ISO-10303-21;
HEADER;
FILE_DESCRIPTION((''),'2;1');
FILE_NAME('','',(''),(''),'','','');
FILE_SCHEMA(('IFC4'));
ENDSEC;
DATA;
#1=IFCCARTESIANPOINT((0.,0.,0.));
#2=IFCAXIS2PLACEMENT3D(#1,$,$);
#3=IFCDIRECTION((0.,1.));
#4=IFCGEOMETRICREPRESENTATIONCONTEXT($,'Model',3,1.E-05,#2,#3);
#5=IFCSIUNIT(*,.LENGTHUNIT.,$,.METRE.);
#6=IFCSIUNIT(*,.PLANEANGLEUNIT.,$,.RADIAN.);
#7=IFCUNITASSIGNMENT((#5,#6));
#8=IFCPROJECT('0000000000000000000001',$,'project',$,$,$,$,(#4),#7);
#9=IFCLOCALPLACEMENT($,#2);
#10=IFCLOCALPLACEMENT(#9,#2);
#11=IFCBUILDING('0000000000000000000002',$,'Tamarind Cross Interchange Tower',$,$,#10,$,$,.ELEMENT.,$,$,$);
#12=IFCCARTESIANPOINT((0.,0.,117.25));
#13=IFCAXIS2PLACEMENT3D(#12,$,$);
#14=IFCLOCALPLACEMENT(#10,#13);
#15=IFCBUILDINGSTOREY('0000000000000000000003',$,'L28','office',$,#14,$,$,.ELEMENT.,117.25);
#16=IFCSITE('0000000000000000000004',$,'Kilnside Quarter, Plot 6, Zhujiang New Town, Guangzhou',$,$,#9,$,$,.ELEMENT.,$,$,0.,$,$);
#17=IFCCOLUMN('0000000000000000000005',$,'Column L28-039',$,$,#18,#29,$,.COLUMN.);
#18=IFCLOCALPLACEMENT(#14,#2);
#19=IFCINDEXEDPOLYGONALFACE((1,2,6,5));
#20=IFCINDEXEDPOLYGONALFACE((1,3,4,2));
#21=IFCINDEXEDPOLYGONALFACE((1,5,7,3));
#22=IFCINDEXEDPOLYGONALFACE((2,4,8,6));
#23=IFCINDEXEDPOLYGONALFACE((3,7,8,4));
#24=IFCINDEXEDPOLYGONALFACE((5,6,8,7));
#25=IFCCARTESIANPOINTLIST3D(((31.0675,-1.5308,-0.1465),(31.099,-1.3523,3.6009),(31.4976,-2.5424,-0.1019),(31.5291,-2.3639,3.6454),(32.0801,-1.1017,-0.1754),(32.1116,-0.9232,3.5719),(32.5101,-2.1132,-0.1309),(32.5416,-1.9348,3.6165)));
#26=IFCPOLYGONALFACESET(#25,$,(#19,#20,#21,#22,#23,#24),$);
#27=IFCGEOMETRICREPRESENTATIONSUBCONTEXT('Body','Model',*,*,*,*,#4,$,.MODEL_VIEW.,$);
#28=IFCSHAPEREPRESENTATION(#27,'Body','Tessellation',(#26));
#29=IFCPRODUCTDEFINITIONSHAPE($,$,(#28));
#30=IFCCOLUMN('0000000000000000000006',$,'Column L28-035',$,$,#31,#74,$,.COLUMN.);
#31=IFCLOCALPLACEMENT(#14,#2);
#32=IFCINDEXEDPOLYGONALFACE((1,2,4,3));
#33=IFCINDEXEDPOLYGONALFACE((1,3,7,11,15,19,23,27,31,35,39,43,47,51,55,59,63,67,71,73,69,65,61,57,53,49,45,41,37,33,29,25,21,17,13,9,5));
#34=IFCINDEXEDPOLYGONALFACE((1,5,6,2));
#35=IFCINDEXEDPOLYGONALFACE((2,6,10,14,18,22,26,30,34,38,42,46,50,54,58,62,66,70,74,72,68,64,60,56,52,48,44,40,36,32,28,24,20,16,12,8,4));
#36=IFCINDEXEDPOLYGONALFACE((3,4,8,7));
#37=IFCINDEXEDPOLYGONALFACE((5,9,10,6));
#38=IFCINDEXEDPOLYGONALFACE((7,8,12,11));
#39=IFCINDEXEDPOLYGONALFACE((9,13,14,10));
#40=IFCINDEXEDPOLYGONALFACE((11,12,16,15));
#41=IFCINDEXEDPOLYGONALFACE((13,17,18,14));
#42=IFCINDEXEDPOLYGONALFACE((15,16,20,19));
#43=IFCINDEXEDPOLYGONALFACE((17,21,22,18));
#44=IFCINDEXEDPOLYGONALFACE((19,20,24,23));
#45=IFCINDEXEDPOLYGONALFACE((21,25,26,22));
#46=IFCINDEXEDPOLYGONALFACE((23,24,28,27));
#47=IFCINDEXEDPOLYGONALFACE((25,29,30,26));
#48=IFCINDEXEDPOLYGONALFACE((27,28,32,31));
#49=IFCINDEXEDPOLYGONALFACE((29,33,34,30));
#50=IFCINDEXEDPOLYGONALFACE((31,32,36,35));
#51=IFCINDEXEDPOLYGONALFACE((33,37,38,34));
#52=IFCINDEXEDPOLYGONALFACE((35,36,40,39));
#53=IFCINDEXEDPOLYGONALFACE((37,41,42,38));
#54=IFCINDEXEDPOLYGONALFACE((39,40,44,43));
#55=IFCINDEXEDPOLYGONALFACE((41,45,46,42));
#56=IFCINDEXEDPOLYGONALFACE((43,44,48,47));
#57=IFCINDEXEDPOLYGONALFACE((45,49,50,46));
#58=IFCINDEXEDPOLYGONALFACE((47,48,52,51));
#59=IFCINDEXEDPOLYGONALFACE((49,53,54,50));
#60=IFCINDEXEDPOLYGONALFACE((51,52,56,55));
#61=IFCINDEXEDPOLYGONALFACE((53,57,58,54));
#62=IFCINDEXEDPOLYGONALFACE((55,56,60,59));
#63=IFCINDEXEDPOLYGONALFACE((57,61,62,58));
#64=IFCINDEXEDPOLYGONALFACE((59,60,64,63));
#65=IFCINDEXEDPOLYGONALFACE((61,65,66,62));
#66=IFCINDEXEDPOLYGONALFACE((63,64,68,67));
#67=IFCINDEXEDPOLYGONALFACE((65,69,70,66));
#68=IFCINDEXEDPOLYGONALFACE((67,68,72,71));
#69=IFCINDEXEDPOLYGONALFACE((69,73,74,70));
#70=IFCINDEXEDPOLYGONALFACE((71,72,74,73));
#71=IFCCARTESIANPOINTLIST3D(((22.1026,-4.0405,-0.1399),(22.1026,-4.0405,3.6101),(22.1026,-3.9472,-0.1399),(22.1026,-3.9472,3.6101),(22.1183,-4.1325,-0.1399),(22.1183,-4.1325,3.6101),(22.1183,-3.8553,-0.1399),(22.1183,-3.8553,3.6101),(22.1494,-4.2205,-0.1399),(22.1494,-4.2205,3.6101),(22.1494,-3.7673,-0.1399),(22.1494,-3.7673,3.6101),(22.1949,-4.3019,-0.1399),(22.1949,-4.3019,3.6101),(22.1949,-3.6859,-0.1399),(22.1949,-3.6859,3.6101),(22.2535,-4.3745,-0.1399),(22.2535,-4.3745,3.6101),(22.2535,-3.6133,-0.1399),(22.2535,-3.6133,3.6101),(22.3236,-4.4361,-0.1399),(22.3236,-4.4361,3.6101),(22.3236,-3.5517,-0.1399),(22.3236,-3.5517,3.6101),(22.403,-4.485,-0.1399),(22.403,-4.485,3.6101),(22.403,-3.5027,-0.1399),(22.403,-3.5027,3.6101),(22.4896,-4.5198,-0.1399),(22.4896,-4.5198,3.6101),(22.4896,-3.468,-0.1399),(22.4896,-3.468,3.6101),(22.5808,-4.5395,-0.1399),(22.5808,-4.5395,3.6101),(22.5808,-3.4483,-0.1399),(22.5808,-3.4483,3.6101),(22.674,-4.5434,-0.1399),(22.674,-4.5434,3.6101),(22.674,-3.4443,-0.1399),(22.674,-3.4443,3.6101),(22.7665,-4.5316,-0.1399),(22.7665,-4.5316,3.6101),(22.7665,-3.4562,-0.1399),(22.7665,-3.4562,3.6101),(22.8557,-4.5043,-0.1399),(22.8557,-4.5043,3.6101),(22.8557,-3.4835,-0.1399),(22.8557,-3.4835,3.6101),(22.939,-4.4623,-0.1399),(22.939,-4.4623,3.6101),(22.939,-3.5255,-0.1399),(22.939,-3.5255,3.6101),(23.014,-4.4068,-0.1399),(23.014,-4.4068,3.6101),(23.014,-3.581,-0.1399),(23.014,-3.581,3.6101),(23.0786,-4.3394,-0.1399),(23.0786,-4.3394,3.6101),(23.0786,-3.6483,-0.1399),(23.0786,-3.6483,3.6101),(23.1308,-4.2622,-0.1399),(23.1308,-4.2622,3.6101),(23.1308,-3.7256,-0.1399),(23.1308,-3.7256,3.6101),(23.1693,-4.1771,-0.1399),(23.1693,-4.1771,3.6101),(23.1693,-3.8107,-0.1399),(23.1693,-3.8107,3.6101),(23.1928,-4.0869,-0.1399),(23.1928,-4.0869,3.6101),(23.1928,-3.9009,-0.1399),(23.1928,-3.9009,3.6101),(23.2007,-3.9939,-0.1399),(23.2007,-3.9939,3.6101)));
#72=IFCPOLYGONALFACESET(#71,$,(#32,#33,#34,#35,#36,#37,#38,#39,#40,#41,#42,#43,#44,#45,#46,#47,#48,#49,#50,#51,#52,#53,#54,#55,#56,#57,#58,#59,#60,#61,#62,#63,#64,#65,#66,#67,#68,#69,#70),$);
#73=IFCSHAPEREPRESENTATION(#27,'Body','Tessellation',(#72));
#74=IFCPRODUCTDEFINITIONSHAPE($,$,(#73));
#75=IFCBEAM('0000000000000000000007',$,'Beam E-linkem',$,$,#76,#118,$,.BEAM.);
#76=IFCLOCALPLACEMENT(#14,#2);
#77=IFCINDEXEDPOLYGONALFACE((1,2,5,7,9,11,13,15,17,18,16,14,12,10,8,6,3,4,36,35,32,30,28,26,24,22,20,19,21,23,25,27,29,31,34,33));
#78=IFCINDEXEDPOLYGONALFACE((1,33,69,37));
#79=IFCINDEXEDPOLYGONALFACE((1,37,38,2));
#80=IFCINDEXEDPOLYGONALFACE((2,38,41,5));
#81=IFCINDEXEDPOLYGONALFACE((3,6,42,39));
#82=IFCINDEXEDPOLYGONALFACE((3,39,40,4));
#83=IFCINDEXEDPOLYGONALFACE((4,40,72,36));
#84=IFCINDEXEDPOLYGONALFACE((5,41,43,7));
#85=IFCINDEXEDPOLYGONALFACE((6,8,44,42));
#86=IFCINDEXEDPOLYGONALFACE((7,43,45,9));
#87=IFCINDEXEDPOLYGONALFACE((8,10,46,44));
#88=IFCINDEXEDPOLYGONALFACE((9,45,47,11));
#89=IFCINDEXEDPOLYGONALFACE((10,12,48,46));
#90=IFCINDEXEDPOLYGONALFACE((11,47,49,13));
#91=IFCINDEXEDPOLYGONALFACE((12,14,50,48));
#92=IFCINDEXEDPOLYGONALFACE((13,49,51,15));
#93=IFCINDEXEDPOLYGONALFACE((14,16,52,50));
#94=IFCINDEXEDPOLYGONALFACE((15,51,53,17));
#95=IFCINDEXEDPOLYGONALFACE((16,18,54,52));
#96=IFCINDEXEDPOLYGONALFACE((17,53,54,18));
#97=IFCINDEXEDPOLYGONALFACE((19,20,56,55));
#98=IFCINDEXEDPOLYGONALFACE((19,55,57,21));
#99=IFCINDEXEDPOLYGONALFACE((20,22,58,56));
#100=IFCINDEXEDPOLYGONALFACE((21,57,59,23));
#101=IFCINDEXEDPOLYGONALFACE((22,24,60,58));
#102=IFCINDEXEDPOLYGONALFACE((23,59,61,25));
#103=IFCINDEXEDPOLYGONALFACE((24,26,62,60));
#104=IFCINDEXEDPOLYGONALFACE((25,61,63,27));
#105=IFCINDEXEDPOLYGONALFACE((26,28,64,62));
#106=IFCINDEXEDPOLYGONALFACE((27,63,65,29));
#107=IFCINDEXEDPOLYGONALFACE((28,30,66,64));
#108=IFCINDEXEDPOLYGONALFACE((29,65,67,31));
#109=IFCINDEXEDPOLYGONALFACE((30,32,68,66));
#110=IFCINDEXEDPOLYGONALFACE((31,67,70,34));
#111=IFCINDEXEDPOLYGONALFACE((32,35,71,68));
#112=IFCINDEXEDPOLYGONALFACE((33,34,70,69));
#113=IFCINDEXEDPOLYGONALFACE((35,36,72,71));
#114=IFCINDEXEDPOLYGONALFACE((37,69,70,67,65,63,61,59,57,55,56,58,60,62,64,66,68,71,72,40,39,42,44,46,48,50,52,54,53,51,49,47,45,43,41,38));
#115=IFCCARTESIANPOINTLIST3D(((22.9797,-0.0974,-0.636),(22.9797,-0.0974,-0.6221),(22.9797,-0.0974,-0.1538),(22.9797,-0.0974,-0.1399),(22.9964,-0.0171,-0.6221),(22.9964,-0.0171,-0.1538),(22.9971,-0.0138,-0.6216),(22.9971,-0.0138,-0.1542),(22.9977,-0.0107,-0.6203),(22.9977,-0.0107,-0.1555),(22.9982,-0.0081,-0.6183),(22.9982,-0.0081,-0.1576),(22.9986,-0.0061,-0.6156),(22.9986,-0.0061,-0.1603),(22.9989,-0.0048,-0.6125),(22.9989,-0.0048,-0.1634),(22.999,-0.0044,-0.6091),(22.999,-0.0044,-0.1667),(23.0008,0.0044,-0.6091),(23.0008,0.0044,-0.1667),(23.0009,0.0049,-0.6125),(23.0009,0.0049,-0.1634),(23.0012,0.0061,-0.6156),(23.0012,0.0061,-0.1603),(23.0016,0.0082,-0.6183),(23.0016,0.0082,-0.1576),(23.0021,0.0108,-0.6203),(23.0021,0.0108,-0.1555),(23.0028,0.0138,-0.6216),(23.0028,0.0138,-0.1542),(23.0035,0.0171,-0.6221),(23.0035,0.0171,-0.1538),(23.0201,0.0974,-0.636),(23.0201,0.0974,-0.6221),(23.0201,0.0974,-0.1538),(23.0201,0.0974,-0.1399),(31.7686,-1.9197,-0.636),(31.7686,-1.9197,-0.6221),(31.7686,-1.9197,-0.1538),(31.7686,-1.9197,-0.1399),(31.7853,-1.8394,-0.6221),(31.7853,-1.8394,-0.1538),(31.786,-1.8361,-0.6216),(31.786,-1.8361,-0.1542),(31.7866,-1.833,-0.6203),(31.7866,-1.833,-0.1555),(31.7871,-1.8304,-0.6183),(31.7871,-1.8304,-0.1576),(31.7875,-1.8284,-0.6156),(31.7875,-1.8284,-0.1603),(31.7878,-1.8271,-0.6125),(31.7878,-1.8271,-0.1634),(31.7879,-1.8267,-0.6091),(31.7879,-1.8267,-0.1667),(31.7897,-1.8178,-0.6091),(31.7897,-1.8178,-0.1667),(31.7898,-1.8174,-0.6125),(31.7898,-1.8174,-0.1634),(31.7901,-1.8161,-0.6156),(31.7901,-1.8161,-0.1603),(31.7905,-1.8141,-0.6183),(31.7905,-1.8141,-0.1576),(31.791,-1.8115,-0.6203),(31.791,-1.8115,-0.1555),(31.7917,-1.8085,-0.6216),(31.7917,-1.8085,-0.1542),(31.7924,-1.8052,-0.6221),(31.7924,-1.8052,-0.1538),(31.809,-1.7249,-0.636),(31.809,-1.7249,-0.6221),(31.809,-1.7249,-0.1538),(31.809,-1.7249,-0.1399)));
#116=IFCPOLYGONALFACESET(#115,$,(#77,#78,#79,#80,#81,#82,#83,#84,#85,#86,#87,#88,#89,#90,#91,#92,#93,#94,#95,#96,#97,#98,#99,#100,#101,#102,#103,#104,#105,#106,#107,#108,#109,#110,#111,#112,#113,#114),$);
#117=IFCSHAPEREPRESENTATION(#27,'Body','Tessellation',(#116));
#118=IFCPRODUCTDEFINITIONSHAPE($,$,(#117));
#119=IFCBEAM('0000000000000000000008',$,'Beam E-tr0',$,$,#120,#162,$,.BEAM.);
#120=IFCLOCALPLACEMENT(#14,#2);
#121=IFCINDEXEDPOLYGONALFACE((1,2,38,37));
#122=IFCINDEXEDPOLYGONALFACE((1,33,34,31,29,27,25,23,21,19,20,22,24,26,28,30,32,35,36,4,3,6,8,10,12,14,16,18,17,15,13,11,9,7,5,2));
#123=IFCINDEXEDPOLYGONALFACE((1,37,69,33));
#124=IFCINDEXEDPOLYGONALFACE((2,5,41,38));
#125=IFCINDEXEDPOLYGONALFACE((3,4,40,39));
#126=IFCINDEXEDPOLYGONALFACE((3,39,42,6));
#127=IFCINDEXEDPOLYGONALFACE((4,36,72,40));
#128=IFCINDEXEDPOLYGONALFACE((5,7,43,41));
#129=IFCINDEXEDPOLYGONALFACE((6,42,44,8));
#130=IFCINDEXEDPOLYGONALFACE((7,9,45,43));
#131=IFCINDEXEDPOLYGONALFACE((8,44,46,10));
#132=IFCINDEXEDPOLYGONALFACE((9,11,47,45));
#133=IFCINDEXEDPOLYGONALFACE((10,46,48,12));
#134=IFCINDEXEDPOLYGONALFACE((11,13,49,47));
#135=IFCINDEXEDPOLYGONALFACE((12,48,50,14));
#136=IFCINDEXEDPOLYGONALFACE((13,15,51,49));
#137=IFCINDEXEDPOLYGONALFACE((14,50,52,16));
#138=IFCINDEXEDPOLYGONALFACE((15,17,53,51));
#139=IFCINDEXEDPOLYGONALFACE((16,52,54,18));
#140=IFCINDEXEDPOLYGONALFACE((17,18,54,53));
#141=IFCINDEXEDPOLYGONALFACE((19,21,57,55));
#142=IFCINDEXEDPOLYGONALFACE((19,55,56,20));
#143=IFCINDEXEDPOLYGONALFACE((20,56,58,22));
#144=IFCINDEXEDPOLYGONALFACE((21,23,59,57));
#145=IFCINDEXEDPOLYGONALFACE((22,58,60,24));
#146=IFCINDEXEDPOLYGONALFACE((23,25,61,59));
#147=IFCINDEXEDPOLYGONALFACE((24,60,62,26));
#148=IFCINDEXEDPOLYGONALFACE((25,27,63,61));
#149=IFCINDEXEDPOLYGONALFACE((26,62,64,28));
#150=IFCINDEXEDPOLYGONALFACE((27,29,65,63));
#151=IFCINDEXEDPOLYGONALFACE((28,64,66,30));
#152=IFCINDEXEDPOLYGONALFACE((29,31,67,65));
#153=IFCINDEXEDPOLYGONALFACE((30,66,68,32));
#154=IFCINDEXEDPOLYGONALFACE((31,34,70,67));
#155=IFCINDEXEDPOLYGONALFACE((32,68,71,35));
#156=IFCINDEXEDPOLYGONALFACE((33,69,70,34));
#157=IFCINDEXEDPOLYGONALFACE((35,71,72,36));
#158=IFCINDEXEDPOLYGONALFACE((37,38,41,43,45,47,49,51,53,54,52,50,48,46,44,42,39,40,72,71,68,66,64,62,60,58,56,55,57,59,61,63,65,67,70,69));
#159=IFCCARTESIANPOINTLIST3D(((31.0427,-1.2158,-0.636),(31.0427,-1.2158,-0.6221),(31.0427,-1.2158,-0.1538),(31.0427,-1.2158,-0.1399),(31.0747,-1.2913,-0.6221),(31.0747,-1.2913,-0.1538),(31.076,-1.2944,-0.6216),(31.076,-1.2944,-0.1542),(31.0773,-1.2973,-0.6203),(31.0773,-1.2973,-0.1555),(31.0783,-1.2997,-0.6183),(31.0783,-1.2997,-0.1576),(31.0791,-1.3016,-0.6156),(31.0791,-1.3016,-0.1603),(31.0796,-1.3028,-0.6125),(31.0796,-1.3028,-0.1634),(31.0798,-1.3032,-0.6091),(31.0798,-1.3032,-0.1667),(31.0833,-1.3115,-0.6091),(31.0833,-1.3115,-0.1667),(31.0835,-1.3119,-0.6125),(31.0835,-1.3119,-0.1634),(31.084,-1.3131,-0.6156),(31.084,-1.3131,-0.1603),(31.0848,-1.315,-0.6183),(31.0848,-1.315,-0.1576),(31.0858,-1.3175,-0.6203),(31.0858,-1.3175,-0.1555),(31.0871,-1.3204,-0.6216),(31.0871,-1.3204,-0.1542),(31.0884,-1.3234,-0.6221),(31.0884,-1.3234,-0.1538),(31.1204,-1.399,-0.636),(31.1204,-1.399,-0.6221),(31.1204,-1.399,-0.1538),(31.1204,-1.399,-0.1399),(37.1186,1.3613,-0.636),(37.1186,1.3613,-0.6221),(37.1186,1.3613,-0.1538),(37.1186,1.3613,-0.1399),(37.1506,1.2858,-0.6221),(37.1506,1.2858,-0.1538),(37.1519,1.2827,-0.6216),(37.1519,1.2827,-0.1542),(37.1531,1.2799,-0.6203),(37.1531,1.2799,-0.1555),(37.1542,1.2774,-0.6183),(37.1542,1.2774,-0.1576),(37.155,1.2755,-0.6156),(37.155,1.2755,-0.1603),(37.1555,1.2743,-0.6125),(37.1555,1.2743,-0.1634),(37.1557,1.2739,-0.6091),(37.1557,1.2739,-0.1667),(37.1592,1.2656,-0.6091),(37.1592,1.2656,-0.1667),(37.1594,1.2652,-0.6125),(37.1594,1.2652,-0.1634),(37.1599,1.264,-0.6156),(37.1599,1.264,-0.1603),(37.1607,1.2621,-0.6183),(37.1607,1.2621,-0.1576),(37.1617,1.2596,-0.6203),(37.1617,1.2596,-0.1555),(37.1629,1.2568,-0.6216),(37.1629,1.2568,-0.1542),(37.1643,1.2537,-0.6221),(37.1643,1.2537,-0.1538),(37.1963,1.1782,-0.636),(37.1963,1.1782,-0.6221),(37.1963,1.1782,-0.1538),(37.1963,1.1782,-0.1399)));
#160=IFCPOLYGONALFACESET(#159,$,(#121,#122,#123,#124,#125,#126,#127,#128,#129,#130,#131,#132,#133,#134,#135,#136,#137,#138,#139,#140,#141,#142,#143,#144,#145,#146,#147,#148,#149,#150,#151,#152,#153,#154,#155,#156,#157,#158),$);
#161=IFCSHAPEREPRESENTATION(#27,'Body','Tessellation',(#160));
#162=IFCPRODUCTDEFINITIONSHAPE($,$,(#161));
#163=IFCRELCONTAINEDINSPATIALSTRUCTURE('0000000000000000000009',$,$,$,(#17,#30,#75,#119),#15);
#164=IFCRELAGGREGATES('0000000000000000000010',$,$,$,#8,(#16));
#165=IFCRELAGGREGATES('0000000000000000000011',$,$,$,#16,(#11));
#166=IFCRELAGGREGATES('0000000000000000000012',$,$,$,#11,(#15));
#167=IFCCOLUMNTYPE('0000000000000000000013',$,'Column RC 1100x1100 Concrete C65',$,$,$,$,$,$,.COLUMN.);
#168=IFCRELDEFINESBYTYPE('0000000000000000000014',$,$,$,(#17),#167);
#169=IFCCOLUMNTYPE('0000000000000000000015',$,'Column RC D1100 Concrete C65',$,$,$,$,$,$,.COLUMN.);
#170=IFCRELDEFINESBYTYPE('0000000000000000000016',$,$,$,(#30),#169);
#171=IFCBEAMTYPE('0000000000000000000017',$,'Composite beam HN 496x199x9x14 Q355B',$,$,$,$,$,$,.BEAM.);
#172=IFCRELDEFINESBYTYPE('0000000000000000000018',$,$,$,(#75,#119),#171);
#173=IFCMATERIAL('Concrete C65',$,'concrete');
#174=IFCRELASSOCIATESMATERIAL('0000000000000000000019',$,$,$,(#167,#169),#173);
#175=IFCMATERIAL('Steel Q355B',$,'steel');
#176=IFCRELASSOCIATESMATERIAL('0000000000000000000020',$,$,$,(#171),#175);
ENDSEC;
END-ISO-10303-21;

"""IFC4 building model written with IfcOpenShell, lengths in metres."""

from ifc_helpers import new_model, si_unit, direction, frame, origin, origin_2d, place, context, subcontext, project, spatial, rectangle, circle, i_section, extrude, material, material_profile, profile_set, type_object, element, save


model = new_model("IFC4")

# Units and contexts
model_context = context("Model", 3, precision=1e-05, world=origin(), true_north=direction((0.0, 1.0)))
body_context = subcontext(model_context, "Body", "Model", "MODEL_VIEW")
ifc_project = project(units=[si_unit("LENGTHUNIT", "METRE"), si_unit("PLANEANGLEUNIT", "RADIAN")], contexts=[model_context])

# Site, building, storey
site_placement = place(None, origin())
site = spatial("IfcSite", under=ifc_project, at=site_placement, Name="Kilnside Quarter, Plot 6, Zhujiang New Town, Guangzhou", CompositionType="ELEMENT", RefElevation=0.0)
building_placement = place(site_placement, origin())
building = spatial("IfcBuilding", under=site, at=building_placement, Name="Tamarind Cross Interchange Tower", CompositionType="ELEMENT")
storey_placement = place(building_placement, frame((0.0, 0.0, 117.25)))
storey = spatial("IfcBuildingStorey", under=building, at=storey_placement, Name="L28", Description="office", CompositionType="ELEMENT", Elevation=117.25)

# Columns
ifc_material_1 = material(Name="Concrete C65", Category="concrete")
ifc_material_profile_1 = material_profile(ifc_material_1, rectangle(XDim=1.1001, YDim=1.1001, at=origin_2d()), Name="RC 1100x1100")
ifc_profile_set_1 = profile_set([ifc_material_profile_1], Name="Concrete C65")
column_type_1 = type_object("IfcColumnType", Name="Column RC 1100x1100 Concrete C65", PredefinedType="COLUMN", material=ifc_profile_set_1)
column_1_placement = place(storey_placement, frame((31.7888, -1.822, -0.1387), z_axis=(0.008395, 0.04757, 0.998833), x_axis=(-0.920394, -0.390106, 0.026314)))
element("IfcColumn", 1, at=column_1_placement, inside=storey, type_object=column_type_1, Name="Column L28-039", PredefinedType="COLUMN", context=body_context, shape_type="SweptSolid", body=[
    extrude(rectangle(XDim=1.1001, YDim=1.1001, at=origin_2d()), origin(), (0.0, 0.0, 1.0), 3.7517),
])
ifc_material_profile_2 = material_profile(ifc_material_1, circle(Radius=0.55, at=origin_2d()), Name="RC D1100")
ifc_profile_set_2 = profile_set([ifc_material_profile_2], Name="Concrete C65")
column_type_2 = type_object("IfcColumnType", Name="Column RC D1100 Concrete C65", PredefinedType="COLUMN", material=ifc_profile_set_2)
column_2_placement = place(storey_placement, frame((22.6506, -3.9939, -0.1399), z_axis=(0.0, 0.0, 1.0), x_axis=(1.0, 0.0, 0.0)))
element("IfcColumn", 2, at=column_2_placement, inside=storey, type_object=column_type_2, Name="Column L28-035", PredefinedType="COLUMN", context=body_context, shape_type="SweptSolid", body=[
    extrude(circle(Radius=0.55, at=origin_2d()), origin(), (0.0, 0.0, 1.0), 3.75),
])

# Beams
ifc_material_2 = material(Name="Steel Q355B", Category="steel")
ifc_material_profile_3 = material_profile(ifc_material_2, i_section(OverallWidth=0.199, OverallDepth=0.4961, WebThickness=0.009, FlangeThickness=0.0139, FilletRadius=0.0129, at=origin_2d()), Name="HN 496x199x9x14")
ifc_profile_set_3 = profile_set([ifc_material_profile_3], Name="Steel Q355B")
beam_type_1 = type_object("IfcBeamType", Name="Composite beam HN 496x199x9x14 Q355B", PredefinedType="BEAM", material=ifc_profile_set_3)
beam_1_placement = place(storey_placement, frame((31.7888, -1.8223, -0.3879), z_axis=(-0.979174, 0.203021, 0.0), x_axis=(-0.203021, -0.979174, 0.0)))
element("IfcBeam", 3, at=beam_1_placement, inside=storey, type_object=beam_type_1, Name="Beam E-linkem", PredefinedType="BEAM", context=body_context, shape_type="SweptSolid", body=[
    extrude(i_section(OverallWidth=0.199, OverallDepth=0.4961, WebThickness=0.009, FlangeThickness=0.0139, FilletRadius=0.0129, at=origin_2d()), origin(), (0.0, 0.0, 1.0), 8.9758),
])
beam_2_placement = place(storey_placement, frame((31.0815, -1.3074, -0.3879), z_axis=(0.92061, 0.390483, 0.0), x_axis=(-0.390483, 0.92061, 0.0)))
element("IfcBeam", 4, at=beam_2_placement, inside=storey, type_object=beam_type_1, Name="Beam E-tr0", PredefinedType="BEAM", context=body_context, shape_type="SweptSolid", body=[
    extrude(i_section(OverallWidth=0.199, OverallDepth=0.4961, WebThickness=0.009, FlangeThickness=0.0139, FilletRadius=0.0129, at=origin_2d()), origin(), (0.0, 0.0, 1.0), 6.5999),
])

save(model, "model.ifc")
